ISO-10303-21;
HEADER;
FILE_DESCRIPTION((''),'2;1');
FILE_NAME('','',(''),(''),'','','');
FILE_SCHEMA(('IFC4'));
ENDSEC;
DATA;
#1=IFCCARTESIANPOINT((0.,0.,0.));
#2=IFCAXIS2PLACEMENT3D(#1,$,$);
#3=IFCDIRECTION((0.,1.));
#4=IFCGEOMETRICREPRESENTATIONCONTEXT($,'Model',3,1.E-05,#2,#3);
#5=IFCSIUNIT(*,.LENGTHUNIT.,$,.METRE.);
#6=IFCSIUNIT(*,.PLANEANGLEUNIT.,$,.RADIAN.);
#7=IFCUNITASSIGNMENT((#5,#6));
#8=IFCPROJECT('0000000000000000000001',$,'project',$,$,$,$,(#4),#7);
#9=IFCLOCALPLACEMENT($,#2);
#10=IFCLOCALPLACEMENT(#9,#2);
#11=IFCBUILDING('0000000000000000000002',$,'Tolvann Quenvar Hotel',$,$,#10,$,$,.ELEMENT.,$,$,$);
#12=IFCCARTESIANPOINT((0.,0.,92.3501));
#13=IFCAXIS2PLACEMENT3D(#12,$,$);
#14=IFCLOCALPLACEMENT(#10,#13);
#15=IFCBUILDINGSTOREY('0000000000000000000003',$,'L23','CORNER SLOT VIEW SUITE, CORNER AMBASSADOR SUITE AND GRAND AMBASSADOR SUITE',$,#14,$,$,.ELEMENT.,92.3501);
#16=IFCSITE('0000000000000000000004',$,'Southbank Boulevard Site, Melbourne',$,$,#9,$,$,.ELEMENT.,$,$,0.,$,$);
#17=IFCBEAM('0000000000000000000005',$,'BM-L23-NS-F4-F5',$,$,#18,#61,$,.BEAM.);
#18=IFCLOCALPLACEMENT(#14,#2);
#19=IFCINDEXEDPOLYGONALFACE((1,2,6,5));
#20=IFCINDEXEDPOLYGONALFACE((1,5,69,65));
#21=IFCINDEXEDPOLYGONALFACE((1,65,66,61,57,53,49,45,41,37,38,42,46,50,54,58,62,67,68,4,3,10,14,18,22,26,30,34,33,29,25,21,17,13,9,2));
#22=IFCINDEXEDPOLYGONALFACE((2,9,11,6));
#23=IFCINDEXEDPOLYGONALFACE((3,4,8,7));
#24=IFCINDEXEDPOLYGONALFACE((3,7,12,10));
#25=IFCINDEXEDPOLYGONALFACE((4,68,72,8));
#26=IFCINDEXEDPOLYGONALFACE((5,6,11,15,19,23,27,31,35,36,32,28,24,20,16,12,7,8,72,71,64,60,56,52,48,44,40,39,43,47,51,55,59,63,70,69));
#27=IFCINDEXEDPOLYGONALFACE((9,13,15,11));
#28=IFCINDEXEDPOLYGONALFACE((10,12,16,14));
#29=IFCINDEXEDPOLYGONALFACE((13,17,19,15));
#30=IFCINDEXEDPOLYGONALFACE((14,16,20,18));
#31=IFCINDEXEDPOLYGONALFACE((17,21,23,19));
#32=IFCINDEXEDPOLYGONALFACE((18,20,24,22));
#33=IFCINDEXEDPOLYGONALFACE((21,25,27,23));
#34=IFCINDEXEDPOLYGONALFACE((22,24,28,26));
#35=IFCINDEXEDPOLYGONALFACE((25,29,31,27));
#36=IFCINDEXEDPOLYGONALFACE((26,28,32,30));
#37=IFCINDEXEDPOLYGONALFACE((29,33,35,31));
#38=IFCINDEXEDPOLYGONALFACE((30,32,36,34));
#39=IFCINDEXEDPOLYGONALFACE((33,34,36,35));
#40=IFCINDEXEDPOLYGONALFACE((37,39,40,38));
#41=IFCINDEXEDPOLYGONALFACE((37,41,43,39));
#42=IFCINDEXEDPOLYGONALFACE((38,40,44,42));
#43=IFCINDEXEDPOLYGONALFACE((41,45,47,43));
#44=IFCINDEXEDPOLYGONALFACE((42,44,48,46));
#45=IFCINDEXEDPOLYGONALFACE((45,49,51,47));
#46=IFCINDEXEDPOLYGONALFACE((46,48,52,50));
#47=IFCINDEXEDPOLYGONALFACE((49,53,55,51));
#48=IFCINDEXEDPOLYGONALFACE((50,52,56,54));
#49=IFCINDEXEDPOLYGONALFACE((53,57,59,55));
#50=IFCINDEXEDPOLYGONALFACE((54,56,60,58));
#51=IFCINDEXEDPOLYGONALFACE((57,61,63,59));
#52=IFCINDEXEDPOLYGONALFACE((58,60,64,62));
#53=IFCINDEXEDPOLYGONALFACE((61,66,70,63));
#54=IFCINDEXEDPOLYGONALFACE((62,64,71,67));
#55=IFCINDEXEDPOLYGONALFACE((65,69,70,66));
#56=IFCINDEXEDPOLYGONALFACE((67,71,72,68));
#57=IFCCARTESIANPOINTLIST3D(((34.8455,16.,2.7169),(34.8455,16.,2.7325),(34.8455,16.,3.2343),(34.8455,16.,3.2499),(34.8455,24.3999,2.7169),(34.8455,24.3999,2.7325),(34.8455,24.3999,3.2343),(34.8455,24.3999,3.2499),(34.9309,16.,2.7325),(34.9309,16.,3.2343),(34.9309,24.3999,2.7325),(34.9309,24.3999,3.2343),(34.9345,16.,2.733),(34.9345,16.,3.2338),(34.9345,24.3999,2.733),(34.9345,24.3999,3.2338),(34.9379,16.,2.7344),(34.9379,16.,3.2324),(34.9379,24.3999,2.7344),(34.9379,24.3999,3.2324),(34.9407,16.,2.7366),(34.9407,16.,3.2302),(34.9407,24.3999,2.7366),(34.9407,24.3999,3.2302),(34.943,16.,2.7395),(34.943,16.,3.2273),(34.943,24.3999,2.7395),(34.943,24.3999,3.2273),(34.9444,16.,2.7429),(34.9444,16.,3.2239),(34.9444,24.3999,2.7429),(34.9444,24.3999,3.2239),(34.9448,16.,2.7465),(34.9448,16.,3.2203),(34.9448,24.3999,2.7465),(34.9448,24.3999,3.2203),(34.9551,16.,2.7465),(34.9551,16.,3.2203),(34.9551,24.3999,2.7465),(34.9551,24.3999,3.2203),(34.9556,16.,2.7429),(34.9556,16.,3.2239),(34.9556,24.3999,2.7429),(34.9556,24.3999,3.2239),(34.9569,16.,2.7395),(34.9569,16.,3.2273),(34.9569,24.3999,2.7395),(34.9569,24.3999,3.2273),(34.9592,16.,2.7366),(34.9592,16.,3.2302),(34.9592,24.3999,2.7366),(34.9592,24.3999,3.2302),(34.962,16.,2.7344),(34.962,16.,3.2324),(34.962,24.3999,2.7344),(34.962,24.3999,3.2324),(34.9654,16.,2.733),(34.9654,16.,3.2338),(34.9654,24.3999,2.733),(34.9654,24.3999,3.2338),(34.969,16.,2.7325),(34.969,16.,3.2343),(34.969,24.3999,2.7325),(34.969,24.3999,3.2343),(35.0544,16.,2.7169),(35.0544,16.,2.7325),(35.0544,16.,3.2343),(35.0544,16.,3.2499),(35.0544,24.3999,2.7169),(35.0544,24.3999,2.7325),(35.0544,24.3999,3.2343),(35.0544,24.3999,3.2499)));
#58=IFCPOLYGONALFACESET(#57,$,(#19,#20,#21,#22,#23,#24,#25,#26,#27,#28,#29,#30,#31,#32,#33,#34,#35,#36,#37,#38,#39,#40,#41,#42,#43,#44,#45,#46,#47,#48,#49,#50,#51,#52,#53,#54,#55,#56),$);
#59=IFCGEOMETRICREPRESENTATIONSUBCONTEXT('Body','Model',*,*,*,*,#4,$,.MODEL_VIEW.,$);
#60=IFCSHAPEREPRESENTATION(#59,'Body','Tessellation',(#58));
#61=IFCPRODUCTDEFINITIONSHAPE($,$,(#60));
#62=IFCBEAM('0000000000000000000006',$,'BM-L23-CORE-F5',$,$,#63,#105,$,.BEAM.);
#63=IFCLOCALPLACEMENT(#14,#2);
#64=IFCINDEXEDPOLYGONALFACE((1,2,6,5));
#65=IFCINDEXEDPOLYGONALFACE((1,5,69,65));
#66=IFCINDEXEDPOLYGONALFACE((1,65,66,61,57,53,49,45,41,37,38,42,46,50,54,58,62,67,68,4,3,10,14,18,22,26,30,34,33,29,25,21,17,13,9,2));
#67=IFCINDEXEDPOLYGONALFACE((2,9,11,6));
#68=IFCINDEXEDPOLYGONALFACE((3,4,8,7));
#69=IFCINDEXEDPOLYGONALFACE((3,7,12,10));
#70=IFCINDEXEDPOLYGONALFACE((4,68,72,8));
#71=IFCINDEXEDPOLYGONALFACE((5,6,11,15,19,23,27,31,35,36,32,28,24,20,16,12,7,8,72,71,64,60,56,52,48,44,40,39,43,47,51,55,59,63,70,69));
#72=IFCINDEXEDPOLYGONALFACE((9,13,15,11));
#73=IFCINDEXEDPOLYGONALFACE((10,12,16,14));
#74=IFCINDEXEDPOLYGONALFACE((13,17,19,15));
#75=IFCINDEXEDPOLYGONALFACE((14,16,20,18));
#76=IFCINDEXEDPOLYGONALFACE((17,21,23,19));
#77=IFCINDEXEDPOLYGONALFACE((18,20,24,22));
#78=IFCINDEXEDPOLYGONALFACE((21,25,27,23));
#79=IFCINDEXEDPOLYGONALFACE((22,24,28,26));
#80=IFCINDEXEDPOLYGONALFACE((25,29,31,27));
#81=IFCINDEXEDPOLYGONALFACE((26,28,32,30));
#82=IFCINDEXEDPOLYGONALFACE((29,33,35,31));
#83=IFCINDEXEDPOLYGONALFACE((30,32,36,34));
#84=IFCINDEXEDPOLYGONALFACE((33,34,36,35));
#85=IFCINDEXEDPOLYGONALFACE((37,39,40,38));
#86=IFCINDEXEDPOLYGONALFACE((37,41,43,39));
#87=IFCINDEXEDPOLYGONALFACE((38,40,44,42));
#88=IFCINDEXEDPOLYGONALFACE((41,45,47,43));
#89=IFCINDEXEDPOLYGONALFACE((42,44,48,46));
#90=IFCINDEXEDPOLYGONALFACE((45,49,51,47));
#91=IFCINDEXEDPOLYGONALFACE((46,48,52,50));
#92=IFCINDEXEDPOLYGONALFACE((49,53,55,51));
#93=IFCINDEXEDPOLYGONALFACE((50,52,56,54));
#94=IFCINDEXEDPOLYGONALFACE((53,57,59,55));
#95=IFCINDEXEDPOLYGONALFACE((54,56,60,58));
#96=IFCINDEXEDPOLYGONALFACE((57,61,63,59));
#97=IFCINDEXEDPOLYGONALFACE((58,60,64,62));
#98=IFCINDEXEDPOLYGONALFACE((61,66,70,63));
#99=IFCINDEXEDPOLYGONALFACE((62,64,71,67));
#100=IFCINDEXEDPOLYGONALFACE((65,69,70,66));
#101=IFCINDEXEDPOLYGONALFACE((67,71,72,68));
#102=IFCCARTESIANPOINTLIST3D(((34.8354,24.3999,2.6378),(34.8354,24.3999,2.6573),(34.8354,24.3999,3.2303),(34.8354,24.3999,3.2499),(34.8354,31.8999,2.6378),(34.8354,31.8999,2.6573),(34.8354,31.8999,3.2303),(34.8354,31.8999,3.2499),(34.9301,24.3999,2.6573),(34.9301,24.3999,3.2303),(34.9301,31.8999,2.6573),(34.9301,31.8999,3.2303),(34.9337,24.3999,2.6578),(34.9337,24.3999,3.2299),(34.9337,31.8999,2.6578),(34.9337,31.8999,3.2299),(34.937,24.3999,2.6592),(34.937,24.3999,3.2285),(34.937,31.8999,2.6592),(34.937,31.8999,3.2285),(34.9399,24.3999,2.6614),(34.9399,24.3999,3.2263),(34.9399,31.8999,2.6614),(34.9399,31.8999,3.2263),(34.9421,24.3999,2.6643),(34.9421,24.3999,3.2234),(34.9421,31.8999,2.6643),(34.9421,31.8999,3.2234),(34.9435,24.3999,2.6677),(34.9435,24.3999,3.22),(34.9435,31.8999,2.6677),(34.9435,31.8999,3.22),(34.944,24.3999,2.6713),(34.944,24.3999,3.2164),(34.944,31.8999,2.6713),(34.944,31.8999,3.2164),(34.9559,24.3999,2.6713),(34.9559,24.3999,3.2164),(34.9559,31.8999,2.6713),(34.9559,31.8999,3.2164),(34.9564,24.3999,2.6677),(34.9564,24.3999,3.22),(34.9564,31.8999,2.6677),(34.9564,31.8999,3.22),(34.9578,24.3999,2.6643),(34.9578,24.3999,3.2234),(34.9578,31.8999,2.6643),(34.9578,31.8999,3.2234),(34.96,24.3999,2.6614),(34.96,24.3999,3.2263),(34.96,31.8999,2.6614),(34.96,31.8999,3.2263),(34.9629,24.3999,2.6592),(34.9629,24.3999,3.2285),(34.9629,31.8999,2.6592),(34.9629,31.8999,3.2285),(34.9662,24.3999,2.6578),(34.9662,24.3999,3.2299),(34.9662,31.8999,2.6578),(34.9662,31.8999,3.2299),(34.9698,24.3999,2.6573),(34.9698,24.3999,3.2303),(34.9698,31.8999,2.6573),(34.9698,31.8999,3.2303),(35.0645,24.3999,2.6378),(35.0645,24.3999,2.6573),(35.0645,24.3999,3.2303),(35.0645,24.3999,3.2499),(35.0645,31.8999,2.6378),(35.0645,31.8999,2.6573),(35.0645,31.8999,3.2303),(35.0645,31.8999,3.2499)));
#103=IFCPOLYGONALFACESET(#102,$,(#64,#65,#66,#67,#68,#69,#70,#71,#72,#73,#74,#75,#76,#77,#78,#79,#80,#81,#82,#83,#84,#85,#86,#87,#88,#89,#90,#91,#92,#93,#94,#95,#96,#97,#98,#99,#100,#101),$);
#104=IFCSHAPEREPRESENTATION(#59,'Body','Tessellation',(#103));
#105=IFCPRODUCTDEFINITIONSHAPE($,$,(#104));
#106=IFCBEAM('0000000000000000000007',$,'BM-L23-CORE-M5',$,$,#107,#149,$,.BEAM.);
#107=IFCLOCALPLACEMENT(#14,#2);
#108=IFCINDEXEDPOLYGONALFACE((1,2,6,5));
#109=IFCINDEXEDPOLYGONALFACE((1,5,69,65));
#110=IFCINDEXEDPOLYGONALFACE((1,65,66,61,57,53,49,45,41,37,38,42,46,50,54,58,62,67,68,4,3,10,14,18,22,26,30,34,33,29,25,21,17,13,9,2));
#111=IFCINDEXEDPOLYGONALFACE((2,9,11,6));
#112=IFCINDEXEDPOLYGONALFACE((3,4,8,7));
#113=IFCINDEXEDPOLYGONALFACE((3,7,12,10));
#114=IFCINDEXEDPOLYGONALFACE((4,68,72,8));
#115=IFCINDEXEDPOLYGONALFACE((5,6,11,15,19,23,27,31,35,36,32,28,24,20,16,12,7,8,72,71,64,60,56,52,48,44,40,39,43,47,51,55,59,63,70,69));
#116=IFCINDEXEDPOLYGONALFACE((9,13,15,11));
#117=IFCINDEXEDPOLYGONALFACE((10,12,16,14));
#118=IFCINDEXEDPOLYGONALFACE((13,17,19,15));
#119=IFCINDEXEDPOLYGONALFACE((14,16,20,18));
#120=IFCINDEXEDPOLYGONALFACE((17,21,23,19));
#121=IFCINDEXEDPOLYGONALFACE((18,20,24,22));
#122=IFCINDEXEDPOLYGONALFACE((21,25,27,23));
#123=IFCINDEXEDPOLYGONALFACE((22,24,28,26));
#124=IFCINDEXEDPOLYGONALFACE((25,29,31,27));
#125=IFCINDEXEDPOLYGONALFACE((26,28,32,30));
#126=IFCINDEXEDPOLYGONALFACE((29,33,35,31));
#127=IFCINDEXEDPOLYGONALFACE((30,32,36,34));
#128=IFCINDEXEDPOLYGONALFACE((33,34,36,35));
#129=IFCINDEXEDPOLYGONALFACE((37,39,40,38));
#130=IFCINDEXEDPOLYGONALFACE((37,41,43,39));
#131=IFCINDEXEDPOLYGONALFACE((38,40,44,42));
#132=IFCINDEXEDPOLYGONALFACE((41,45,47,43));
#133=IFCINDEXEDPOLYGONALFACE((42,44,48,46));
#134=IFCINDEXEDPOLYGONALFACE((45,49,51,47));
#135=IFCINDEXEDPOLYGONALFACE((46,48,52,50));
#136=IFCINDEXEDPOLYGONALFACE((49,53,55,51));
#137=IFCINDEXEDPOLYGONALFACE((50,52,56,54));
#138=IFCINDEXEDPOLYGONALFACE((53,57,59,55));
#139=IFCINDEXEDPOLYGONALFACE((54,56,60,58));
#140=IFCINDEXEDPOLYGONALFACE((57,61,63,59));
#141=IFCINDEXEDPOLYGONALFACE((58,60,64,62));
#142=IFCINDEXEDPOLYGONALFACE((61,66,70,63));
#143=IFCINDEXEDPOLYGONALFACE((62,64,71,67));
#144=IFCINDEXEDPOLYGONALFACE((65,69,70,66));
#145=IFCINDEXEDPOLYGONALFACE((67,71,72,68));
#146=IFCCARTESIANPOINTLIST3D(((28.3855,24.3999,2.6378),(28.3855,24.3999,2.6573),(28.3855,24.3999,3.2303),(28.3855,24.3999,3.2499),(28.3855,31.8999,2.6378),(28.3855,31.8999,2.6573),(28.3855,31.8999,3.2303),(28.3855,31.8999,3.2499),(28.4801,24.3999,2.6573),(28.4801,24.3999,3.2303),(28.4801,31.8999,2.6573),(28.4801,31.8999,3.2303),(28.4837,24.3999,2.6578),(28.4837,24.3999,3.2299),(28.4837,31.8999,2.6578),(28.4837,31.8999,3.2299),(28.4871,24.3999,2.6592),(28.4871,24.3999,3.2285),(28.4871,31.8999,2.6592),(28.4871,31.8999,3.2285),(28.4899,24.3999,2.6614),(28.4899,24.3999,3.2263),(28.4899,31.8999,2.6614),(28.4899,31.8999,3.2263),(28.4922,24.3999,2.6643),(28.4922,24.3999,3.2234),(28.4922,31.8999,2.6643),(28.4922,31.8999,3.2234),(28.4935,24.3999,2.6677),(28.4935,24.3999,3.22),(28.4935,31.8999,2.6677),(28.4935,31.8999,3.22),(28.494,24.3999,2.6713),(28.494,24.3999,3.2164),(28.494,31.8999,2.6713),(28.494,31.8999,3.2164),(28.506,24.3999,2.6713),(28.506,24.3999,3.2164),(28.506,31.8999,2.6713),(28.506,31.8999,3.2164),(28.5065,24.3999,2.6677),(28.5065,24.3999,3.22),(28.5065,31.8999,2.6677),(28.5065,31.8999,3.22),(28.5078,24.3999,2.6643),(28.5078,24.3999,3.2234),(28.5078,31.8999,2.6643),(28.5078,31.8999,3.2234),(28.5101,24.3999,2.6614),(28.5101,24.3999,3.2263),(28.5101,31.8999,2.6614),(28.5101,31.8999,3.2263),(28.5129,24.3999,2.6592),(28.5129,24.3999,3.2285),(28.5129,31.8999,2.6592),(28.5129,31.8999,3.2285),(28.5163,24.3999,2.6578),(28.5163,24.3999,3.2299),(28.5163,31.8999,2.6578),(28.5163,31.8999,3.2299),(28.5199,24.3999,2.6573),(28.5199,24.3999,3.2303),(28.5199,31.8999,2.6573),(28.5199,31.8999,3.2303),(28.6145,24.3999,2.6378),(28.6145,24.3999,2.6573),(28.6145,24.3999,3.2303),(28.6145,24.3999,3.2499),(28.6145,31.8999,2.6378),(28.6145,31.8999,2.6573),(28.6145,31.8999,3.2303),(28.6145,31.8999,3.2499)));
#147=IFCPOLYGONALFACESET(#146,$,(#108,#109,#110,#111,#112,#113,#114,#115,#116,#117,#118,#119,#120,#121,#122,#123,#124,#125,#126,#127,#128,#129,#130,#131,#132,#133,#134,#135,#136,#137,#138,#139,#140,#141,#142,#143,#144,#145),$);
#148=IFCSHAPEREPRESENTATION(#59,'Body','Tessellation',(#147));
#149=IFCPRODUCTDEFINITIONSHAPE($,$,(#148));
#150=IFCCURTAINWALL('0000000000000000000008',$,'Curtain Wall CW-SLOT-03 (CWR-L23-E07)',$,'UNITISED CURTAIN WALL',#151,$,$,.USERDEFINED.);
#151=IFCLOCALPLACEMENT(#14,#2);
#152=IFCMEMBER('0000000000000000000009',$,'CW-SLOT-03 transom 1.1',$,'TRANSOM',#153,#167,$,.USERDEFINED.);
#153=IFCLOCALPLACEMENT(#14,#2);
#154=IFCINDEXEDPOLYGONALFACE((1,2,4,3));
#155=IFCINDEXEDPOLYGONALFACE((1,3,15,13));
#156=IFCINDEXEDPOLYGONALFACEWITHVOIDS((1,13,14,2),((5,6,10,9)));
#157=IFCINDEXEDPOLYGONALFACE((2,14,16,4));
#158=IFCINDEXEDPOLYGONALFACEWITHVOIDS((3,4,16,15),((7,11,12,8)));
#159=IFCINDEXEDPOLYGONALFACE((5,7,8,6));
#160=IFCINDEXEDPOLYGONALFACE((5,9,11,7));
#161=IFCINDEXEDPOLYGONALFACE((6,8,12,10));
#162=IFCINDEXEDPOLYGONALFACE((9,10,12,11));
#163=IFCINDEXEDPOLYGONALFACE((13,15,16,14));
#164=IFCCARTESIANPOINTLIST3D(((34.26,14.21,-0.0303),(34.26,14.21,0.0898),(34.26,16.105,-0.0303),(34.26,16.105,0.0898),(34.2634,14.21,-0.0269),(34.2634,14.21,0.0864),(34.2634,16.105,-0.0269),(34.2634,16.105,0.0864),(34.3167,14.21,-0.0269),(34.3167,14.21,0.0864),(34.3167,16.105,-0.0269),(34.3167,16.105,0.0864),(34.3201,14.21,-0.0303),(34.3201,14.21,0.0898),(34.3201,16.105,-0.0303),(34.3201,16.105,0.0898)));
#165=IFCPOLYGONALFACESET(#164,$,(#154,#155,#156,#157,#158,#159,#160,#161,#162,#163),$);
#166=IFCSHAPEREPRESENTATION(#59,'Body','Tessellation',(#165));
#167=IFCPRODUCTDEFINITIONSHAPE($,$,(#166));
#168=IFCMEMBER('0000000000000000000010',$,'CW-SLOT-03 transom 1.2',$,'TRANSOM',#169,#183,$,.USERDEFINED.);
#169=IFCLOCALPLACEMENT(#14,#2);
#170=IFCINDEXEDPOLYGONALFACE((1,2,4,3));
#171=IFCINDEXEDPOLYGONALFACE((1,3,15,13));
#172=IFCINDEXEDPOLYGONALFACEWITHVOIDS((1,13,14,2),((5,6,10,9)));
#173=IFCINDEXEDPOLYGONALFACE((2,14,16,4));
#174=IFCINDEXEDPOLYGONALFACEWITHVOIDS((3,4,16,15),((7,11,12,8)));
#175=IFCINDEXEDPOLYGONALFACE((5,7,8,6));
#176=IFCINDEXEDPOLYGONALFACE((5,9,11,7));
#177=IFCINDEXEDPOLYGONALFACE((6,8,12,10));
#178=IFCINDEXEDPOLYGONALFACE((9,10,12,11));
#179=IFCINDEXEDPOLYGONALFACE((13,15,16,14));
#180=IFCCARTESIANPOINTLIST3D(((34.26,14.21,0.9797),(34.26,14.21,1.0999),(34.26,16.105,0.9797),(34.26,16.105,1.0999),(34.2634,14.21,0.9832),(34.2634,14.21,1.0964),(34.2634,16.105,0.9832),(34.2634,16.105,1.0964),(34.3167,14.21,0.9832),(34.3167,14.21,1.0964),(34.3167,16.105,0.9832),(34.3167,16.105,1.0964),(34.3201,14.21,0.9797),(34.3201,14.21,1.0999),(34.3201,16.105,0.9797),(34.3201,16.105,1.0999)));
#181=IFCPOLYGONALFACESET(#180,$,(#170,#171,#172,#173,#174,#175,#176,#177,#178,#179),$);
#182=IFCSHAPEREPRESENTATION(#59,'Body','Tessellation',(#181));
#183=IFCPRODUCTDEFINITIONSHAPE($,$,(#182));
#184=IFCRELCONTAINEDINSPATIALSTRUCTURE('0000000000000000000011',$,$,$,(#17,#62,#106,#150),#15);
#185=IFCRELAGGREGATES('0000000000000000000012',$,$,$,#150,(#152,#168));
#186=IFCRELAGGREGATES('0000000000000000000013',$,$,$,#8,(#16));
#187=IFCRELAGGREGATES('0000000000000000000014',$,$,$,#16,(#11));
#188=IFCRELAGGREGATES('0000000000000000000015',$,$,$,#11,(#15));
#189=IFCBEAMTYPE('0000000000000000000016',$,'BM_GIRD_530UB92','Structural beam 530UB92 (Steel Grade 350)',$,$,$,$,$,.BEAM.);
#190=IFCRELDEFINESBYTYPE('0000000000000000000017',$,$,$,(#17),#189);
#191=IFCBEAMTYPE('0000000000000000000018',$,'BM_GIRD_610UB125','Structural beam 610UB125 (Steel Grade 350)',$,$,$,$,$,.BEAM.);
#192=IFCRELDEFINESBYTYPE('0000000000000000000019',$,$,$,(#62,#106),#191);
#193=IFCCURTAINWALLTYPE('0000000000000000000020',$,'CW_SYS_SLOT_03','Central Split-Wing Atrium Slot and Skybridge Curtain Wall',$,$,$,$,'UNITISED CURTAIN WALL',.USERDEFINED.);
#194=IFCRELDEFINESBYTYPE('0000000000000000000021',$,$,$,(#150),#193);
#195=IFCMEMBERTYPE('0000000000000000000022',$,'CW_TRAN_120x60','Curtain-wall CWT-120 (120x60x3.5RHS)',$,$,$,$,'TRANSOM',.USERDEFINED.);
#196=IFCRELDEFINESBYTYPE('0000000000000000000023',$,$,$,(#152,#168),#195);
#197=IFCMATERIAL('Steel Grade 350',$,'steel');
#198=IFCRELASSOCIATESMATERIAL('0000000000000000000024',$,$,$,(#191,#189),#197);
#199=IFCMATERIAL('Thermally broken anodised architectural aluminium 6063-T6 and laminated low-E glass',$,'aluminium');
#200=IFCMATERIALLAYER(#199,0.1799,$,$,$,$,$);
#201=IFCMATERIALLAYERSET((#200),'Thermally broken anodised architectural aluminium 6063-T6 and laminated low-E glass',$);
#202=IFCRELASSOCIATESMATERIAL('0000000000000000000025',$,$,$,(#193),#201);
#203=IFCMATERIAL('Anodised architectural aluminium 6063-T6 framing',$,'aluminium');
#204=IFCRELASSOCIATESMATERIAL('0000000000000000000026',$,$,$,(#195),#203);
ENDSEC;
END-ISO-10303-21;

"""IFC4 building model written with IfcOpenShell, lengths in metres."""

from ifc_helpers import new_model, si_unit, direction, frame, origin, origin_2d, place, context, subcontext, project, spatial, hollow_rectangle, i_section, extrude, source, transform, mapped, material, layer, layer_set, material_profile, profile_set, type_object, type_shapes, element, aggregate, save


model = new_model("IFC4")

# Units and contexts
model_context = context("Model", 3, precision=1e-05, world=origin(), true_north=direction((0.0, 1.0)))
body_context = subcontext(model_context, "Body", "Model", "MODEL_VIEW")
ifc_project = project(units=[si_unit("LENGTHUNIT", "METRE"), si_unit("PLANEANGLEUNIT", "RADIAN")], contexts=[model_context])

# Site, building, storey
site_placement = place(None, origin())
site = spatial("IfcSite", under=ifc_project, at=site_placement, Name="Southbank Boulevard Site, Melbourne", CompositionType="ELEMENT", RefElevation=0.0)
building_placement = place(site_placement, origin())
building = spatial("IfcBuilding", under=site, at=building_placement, Name="Tolvann Quenvar Hotel", CompositionType="ELEMENT")
storey_placement = place(building_placement, frame((0.0, 0.0, 92.3501)))
storey = spatial("IfcBuildingStorey", under=building, at=storey_placement, Name="L23", Description="CORNER SLOT VIEW SUITE, CORNER AMBASSADOR SUITE AND GRAND AMBASSADOR SUITE", CompositionType="ELEMENT", Elevation=92.3501)

# Shared definitions
ifc_material_1 = material(Name="Steel Grade 350", Category="steel")

# Beams
ifc_material_profile_1 = material_profile(ifc_material_1, i_section(OverallWidth=0.229, OverallDepth=0.6121, WebThickness=0.012, FlangeThickness=0.0195, FilletRadius=0.0139, at=origin_2d()), Name="610UB125")
ifc_profile_set_1 = profile_set([ifc_material_profile_1], Name="Steel Grade 350")
beam_type_1 = type_object("IfcBeamType", Name="BM_GIRD_610UB125", Description="Structural beam 610UB125 (Steel Grade 350)", PredefinedType="BEAM", material=ifc_profile_set_1)
ifc_material_profile_2 = material_profile(ifc_material_1, i_section(OverallWidth=0.209, OverallDepth=0.533, WebThickness=0.0103, FlangeThickness=0.0156, FilletRadius=0.0139, at=origin_2d()), Name="530UB92")
ifc_profile_set_2 = profile_set([ifc_material_profile_2], Name="Steel Grade 350")
beam_type_2 = type_object("IfcBeamType", Name="BM_GIRD_530UB92", Description="Structural beam 530UB92 (Steel Grade 350)", PredefinedType="BEAM", material=ifc_profile_set_2)
shared_shape_1 = source(origin(), body_context, "Body", "SweptSolid", [
    extrude(i_section(OverallWidth=0.209, OverallDepth=0.533, WebThickness=0.0103, FlangeThickness=0.0156, FilletRadius=0.0139, at=origin_2d()), origin(), (0.0, 0.0, 1.0), 8.3999),
])
type_shapes(beam_type_2, [shared_shape_1])
beam_1_placement = place(storey_placement, frame((34.95, 16.0, 2.9834), z_axis=(0.0, 1.0, 0.0), x_axis=(-1.0, 0.0, 0.0)))
element("IfcBeam", 1, at=beam_1_placement, inside=storey, type_object=beam_type_2, Name="BM-L23-NS-F4-F5", PredefinedType="BEAM", context=body_context, shape_type="MappedRepresentation", body=[
    mapped(shared_shape_1, transform((0.0, 0.0, 0.0), x_axis=(1.0, 0.0, 0.0), y_axis=(0.0, 1.0, 0.0), z_axis=(0.0, 0.0, 1.0), scale=1.0)),
])
shared_shape_2 = source(origin(), body_context, "Body", "SweptSolid", [
    extrude(i_section(OverallWidth=0.229, OverallDepth=0.6121, WebThickness=0.012, FlangeThickness=0.0195, FilletRadius=0.0139, at=origin_2d()), origin(), (0.0, 0.0, 1.0), 7.5),
])
for number, where, z_axis, x_axis, name in (
    (2, (34.95, 24.3999, 2.9438), (0.0, 1.0, 0.0), (-1.0, 0.0, 0.0), "BM-L23-CORE-F5"),
    (3, (28.5, 24.3999, 2.9438), (0.0, 1.0, 0.0), (-1.0, 0.0, 0.0), "BM-L23-CORE-M5"),
):
    element("IfcBeam", number, at=place(storey_placement, frame(where, z_axis=z_axis, x_axis=x_axis)), inside=storey, type_object=beam_type_1, Name=name, PredefinedType="BEAM", context=body_context, shape_type="MappedRepresentation", body=[
        mapped(shared_shape_2, transform((0.0, 0.0, 0.0), x_axis=(1.0, 0.0, 0.0), y_axis=(0.0, 1.0, 0.0), z_axis=(0.0, 0.0, 1.0), scale=1.0)),
    ])

# Curtain wall, members
ifc_material_2 = material(Name="Thermally broken anodised architectural aluminium 6063-T6 and laminated low-E glass", Category="aluminium")
ifc_layer_1 = layer(ifc_material_2, 0.1799)
ifc_layer_set_1 = layer_set([ifc_layer_1], Name="Thermally broken anodised architectural aluminium 6063-T6 and laminated low-E glass")
curtain_wall_type = type_object("IfcCurtainWallType", Name="CW_SYS_SLOT_03", Description="Central Split-Wing Atrium Slot and Skybridge Curtain Wall", ElementType="UNITISED CURTAIN WALL", PredefinedType="USERDEFINED", material=ifc_layer_set_1)
curtain_wall_placement = place(storey_placement, origin())
curtain_wall = element("IfcCurtainWall", 4, at=curtain_wall_placement, inside=storey, type_object=curtain_wall_type, Name="Curtain Wall CW-SLOT-03 (CWR-L23-E07)", ObjectType="UNITISED CURTAIN WALL", PredefinedType="USERDEFINED")
ifc_material_3 = material(Name="Anodised architectural aluminium 6063-T6 framing", Category="aluminium")
ifc_material_profile_3 = material_profile(ifc_material_3, hollow_rectangle(XDim=0.0601, YDim=0.1201, WallThickness=0.0034, at=origin_2d()), Name="120x60x3.5RHS")
ifc_profile_set_3 = profile_set([ifc_material_profile_3], Name="Anodised architectural aluminium 6063-T6 framing")
member_type_1 = type_object("IfcMemberType", Name="CW_TRAN_120x60", Description="Curtain-wall CWT-120 (120x60x3.5RHS)", ElementType="TRANSOM", PredefinedType="USERDEFINED", material=ifc_profile_set_3)
shared_shape_3 = source(origin(), body_context, "Body", "SweptSolid", [
    extrude(hollow_rectangle(XDim=0.0601, YDim=0.1201, WallThickness=0.0034, at=origin_2d()), origin(), (0.0, 0.0, 1.0), 1.895),
])
type_shapes(member_type_1, [shared_shape_3])
member_1_placement = place(storey_placement, frame((34.29, 16.105, 0.0298), z_axis=(0.0, -1.0, 0.0), x_axis=(1.0, 0.0, 0.0)))
member_1 = element("IfcMember", 5, at=member_1_placement, type_object=member_type_1, Name="CW-SLOT-03 transom 1.1", ObjectType="TRANSOM", PredefinedType="USERDEFINED", context=body_context, shape_type="MappedRepresentation", body=[
    mapped(shared_shape_3, transform((0.0, 0.0, 0.0), x_axis=(1.0, 0.0, 0.0), y_axis=(0.0, 1.0, 0.0), z_axis=(0.0, 0.0, 1.0), scale=1.0)),
])
member_2_placement = place(storey_placement, frame((34.29, 16.105, 1.0398), z_axis=(0.0, -1.0, 0.0), x_axis=(1.0, 0.0, 0.0)))
member_2 = element("IfcMember", 6, at=member_2_placement, type_object=member_type_1, Name="CW-SLOT-03 transom 1.2", ObjectType="TRANSOM", PredefinedType="USERDEFINED", context=body_context, shape_type="MappedRepresentation", body=[
    mapped(shared_shape_3, transform((0.0, 0.0, 0.0), x_axis=(1.0, 0.0, 0.0), y_axis=(0.0, 1.0, 0.0), z_axis=(0.0, 0.0, 1.0), scale=1.0)),
])
aggregate(curtain_wall, [member_1, member_2])

save(model, "model.ifc")
